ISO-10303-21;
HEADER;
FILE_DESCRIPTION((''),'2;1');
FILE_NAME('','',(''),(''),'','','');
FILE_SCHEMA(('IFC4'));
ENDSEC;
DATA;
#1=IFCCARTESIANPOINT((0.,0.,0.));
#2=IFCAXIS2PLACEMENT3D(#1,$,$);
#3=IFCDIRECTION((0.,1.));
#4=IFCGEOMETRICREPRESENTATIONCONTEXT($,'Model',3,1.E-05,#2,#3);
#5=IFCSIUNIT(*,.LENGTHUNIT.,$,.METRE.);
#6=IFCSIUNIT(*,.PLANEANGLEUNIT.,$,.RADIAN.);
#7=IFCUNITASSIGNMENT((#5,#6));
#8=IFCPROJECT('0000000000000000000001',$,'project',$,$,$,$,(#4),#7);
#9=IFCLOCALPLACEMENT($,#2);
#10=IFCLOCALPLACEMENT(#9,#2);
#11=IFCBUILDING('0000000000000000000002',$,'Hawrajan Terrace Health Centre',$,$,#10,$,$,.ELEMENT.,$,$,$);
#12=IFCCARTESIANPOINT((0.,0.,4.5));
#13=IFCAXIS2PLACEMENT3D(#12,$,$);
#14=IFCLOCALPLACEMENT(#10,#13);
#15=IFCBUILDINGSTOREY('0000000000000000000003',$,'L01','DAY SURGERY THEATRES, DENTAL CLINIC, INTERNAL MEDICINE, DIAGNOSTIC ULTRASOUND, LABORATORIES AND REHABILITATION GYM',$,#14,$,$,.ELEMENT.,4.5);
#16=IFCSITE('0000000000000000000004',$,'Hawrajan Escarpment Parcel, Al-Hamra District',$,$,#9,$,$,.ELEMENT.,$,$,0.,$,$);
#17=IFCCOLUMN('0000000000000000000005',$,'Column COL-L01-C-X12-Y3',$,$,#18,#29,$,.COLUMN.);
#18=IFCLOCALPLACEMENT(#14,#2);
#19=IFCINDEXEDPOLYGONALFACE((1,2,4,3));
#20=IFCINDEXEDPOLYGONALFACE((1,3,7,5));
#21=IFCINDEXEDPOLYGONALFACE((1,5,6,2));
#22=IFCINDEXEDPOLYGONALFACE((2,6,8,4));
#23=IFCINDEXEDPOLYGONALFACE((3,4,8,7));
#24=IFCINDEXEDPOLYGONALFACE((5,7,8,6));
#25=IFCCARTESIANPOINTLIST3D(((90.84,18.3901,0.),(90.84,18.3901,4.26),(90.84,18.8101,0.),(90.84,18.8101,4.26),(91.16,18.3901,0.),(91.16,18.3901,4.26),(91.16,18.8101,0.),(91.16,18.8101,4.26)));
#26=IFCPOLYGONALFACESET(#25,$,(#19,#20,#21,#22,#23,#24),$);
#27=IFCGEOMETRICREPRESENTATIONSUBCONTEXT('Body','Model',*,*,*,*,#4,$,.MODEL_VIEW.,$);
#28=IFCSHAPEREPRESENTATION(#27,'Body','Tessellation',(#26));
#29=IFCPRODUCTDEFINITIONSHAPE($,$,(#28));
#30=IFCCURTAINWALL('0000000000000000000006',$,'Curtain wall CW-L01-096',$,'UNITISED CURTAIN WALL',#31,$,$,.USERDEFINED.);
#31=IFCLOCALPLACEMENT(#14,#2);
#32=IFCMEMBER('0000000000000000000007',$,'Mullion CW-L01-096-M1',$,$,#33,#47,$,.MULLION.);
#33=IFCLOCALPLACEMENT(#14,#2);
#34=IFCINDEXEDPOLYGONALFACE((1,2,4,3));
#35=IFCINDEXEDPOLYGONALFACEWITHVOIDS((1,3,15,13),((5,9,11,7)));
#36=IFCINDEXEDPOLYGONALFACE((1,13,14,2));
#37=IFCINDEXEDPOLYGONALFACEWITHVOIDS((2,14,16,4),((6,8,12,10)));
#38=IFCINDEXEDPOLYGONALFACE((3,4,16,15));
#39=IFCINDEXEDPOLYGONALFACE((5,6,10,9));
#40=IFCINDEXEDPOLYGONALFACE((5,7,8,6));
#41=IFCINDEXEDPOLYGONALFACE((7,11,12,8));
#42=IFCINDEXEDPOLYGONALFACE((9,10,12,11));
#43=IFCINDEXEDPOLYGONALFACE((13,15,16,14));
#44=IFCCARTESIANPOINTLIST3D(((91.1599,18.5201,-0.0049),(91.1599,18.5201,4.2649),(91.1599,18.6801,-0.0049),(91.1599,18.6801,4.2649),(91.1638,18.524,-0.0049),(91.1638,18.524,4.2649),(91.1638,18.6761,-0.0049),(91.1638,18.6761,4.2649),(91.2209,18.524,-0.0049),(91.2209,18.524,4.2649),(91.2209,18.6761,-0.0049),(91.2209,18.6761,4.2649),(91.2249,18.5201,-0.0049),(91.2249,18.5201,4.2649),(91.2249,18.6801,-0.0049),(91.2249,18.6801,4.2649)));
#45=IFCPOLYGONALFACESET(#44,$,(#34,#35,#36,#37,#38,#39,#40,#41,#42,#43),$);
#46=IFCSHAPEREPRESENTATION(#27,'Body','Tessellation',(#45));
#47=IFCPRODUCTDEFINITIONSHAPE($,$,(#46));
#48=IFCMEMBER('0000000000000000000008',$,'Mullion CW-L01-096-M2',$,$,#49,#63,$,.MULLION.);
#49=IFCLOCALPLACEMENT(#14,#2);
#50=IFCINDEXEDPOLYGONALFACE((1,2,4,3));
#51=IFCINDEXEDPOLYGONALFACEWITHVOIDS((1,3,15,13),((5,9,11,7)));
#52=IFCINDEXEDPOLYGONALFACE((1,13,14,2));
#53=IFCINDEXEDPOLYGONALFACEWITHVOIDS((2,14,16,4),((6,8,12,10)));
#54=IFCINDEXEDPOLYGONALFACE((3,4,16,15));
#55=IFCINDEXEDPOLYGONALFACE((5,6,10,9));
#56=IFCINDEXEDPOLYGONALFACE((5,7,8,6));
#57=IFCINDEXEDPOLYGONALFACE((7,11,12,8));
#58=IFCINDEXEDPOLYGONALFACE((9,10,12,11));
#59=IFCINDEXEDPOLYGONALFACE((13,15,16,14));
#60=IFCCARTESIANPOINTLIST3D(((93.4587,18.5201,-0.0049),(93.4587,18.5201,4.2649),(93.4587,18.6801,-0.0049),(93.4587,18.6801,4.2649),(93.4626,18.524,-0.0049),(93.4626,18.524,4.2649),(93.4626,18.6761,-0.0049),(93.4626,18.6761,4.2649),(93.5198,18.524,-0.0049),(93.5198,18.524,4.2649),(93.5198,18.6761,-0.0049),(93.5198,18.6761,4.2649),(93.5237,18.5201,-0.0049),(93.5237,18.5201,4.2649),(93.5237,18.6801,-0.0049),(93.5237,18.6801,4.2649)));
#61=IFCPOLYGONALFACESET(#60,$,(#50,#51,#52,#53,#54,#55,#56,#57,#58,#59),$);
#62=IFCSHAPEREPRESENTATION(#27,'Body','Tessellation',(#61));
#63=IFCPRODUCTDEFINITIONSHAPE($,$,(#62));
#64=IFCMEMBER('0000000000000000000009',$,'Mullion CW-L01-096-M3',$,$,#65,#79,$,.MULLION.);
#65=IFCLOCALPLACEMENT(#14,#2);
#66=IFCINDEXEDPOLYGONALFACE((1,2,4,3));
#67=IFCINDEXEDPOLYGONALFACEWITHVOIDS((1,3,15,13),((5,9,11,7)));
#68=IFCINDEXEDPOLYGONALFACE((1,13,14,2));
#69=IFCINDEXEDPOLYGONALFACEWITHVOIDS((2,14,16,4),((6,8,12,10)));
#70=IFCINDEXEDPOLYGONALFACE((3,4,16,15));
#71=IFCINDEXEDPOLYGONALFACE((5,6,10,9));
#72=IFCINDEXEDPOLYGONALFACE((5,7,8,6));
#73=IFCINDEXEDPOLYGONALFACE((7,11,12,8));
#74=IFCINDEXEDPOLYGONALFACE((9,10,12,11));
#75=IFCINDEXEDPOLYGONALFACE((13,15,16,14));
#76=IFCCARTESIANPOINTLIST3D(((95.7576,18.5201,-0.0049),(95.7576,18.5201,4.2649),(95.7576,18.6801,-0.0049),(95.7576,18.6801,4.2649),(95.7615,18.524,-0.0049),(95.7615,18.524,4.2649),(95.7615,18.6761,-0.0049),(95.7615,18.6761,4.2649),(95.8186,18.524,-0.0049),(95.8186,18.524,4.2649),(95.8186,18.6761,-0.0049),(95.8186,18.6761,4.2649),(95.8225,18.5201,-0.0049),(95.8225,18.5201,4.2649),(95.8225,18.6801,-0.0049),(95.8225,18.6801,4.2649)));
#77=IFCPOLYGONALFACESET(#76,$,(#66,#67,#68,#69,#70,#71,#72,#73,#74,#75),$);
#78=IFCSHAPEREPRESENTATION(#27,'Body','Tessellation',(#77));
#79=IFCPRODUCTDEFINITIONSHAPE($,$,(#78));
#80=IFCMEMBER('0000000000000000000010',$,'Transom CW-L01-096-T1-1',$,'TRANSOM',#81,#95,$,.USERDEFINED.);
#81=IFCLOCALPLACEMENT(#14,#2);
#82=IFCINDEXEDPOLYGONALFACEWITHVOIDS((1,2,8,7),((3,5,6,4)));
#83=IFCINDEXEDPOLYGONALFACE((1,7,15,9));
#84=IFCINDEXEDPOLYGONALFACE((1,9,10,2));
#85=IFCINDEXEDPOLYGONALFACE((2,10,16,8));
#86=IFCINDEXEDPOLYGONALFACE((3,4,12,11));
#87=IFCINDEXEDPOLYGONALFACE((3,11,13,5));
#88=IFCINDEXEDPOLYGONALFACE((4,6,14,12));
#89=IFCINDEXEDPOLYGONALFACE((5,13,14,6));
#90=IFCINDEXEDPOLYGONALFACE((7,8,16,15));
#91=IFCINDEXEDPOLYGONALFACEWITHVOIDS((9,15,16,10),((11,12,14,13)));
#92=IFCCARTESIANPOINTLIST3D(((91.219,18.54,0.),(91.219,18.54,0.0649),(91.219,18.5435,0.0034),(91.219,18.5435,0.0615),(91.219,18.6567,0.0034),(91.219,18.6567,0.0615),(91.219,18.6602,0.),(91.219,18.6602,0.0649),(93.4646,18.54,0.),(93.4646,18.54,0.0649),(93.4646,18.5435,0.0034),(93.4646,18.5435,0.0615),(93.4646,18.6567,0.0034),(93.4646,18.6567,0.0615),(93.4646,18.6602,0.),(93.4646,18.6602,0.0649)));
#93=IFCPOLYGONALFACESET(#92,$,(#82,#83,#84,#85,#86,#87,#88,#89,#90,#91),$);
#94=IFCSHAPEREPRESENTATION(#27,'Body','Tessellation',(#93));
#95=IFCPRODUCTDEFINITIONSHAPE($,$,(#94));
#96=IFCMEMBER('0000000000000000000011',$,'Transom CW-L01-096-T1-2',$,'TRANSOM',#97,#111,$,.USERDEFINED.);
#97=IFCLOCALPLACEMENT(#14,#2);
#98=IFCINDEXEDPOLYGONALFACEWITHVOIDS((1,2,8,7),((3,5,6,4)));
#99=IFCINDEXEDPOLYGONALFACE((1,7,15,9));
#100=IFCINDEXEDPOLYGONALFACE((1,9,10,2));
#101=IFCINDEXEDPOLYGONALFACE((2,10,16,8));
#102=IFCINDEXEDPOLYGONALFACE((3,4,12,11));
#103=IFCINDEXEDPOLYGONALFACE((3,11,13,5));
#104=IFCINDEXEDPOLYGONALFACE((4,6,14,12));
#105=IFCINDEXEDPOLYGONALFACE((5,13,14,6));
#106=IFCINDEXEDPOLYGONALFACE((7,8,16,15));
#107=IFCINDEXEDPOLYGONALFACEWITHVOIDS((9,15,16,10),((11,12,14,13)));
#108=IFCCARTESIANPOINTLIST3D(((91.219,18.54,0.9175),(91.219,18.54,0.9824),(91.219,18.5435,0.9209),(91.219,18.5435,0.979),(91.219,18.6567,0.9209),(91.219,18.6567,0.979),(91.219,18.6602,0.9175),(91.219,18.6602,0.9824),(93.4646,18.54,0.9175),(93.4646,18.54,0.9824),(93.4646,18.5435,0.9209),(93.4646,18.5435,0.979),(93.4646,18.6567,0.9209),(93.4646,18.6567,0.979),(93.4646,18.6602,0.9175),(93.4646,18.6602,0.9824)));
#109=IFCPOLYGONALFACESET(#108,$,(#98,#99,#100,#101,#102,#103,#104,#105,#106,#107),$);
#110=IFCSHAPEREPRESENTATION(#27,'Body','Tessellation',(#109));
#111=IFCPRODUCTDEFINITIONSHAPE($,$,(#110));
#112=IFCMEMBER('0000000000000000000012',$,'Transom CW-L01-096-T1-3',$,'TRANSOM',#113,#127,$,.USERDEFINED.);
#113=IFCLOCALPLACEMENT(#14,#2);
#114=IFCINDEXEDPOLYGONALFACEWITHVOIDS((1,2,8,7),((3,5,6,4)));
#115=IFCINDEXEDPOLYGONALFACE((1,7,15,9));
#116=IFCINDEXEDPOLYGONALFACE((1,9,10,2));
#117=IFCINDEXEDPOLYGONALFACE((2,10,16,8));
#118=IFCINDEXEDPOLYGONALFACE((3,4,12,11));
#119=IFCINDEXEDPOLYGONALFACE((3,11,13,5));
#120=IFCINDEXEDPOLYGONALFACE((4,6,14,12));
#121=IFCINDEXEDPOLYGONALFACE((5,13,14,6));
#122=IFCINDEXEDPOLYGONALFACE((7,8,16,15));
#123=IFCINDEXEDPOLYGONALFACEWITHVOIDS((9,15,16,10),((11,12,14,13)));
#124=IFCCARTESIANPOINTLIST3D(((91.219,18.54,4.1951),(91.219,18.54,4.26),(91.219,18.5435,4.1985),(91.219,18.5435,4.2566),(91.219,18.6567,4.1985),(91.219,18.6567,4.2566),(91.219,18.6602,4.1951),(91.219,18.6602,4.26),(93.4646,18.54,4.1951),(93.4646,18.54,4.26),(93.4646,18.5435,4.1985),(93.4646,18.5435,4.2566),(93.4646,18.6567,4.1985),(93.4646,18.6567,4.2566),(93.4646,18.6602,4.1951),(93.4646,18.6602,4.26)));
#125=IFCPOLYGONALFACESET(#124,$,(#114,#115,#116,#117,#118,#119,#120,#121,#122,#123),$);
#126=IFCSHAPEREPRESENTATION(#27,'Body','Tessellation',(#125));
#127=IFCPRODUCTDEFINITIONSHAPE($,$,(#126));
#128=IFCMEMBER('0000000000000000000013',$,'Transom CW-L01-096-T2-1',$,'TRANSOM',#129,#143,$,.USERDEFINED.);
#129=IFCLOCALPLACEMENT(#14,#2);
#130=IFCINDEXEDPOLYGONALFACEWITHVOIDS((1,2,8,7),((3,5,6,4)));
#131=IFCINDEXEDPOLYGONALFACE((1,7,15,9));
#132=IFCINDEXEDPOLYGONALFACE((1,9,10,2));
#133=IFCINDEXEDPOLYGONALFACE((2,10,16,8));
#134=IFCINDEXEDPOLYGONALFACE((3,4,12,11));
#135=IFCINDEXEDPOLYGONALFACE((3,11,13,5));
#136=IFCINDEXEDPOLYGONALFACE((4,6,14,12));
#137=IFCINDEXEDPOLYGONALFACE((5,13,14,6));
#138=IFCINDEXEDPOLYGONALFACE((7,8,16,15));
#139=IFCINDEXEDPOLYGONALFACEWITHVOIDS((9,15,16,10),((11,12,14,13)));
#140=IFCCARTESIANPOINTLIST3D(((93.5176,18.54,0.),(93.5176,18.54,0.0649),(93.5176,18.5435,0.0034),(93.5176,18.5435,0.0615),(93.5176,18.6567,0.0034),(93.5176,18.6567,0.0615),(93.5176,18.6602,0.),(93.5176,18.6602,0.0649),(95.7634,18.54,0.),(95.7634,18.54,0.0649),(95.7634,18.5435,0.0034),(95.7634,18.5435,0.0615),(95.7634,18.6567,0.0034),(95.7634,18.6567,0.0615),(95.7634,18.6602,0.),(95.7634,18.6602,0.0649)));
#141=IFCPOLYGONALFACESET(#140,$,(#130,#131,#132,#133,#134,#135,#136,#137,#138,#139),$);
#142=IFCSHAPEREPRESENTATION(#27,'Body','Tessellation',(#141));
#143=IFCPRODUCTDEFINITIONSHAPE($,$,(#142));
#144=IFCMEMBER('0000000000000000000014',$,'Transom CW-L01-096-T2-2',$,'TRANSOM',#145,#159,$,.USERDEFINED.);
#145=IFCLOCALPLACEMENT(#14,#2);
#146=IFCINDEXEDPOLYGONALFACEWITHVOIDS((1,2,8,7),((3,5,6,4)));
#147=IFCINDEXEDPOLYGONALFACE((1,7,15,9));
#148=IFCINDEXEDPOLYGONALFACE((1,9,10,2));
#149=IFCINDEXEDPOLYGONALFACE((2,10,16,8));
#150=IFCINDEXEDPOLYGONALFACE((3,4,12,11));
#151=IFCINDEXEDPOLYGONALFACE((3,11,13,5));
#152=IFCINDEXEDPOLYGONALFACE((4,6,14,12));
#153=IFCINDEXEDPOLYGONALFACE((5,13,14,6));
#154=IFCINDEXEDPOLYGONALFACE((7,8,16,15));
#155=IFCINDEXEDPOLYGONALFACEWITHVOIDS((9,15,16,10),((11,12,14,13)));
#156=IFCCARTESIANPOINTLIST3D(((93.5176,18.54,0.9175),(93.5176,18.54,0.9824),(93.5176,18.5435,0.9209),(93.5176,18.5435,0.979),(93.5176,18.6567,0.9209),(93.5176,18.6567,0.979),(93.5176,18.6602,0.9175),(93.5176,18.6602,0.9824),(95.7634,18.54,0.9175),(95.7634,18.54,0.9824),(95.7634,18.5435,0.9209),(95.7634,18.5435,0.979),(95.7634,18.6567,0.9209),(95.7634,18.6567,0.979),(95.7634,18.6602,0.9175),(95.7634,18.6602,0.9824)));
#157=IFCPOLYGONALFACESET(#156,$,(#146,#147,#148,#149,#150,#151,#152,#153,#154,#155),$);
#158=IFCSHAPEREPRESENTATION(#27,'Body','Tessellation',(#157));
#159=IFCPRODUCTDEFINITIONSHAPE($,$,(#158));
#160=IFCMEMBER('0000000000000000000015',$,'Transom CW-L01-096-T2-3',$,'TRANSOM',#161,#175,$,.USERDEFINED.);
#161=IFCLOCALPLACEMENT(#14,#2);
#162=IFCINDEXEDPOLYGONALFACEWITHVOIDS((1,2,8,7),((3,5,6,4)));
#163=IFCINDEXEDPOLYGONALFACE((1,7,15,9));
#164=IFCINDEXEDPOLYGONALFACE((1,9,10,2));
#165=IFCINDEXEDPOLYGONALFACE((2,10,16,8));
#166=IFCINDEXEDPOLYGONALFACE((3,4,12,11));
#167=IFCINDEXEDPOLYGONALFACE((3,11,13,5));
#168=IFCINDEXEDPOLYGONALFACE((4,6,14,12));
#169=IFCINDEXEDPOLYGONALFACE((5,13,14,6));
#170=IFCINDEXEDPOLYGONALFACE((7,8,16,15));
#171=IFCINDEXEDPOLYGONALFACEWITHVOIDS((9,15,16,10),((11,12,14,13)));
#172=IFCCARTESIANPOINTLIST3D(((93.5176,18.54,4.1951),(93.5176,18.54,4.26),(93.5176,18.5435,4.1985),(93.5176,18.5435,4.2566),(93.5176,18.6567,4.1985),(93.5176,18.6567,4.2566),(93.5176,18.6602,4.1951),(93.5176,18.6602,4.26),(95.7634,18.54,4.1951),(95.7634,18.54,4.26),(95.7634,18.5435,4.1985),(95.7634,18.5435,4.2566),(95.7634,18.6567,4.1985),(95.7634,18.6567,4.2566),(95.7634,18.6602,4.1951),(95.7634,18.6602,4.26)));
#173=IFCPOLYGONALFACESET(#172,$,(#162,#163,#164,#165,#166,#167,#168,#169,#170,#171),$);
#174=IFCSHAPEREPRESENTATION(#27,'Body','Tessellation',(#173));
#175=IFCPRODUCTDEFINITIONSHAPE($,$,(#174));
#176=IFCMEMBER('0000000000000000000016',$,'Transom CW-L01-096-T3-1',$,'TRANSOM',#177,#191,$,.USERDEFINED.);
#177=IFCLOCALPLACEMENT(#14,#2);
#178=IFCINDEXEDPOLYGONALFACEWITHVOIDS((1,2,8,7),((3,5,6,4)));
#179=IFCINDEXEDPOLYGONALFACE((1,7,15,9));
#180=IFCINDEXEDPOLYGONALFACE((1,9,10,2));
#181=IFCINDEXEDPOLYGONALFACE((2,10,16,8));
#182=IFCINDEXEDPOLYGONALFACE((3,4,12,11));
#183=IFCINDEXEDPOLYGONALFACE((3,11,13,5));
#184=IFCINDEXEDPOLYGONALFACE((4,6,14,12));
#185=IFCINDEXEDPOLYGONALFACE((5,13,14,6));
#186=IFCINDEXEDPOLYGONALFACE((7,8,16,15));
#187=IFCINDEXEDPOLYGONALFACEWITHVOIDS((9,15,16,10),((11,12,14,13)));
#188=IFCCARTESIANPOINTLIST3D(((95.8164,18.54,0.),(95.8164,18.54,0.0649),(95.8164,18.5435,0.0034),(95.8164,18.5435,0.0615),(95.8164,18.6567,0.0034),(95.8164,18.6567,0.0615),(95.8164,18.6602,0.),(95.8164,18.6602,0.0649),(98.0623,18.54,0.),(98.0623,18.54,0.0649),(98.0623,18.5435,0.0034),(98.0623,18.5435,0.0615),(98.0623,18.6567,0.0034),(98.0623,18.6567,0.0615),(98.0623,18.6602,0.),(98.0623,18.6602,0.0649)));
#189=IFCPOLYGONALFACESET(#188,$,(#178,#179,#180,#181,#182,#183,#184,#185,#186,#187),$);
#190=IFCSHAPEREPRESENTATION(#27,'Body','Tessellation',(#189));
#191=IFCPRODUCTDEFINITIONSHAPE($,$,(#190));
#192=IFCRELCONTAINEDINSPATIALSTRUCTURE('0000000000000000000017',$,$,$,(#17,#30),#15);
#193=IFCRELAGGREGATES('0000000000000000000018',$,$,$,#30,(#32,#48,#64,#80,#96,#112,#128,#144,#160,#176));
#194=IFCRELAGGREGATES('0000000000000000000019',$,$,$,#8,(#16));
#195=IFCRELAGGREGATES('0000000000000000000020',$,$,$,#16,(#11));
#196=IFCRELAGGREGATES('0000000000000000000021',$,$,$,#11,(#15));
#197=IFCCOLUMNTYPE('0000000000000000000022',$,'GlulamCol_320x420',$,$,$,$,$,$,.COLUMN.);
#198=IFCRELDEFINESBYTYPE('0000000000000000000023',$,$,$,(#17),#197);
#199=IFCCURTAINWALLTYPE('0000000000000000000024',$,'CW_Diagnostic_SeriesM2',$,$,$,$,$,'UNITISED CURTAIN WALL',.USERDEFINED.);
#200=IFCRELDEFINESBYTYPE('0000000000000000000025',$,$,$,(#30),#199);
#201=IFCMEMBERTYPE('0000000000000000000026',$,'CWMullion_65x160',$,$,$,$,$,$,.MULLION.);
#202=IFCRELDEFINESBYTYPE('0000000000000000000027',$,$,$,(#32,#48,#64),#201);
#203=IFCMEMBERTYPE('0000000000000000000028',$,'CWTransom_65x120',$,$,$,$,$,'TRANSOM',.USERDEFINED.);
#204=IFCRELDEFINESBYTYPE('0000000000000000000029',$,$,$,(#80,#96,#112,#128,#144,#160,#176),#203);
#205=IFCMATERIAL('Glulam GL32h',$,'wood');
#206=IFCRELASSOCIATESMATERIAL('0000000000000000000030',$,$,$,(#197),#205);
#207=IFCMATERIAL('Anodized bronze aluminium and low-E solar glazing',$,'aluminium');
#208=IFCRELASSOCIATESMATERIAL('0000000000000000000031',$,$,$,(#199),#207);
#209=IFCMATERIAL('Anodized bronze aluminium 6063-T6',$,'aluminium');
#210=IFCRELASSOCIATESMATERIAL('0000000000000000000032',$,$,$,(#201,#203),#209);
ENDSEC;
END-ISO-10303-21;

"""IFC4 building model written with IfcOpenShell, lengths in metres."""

from ifc_helpers import new_model, si_unit, direction, frame, origin, origin_2d, place, context, subcontext, project, spatial, rectangle, hollow_rectangle, extrude, material, material_profile, profile_set, type_object, element, aggregate, save


model = new_model("IFC4")

# Units and contexts
model_context = context("Model", 3, precision=1e-05, world=origin(), true_north=direction((0.0, 1.0)))
body_context = subcontext(model_context, "Body", "Model", "MODEL_VIEW")
ifc_project = project(units=[si_unit("LENGTHUNIT", "METRE"), si_unit("PLANEANGLEUNIT", "RADIAN")], contexts=[model_context])

# Site, building, storey
site_placement = place(None, origin())
site = spatial("IfcSite", under=ifc_project, at=site_placement, Name="Hawrajan Escarpment Parcel, Al-Hamra District", CompositionType="ELEMENT", RefElevation=0.0)
building_placement = place(site_placement, origin())
building = spatial("IfcBuilding", under=site, at=building_placement, Name="Hawrajan Terrace Health Centre", CompositionType="ELEMENT")
storey_placement = place(building_placement, frame((0.0, 0.0, 4.5)))
storey = spatial("IfcBuildingStorey", under=building, at=storey_placement, Name="L01", Description="DAY SURGERY THEATRES, DENTAL CLINIC, INTERNAL MEDICINE, DIAGNOSTIC ULTRASOUND, LABORATORIES AND REHABILITATION GYM", CompositionType="ELEMENT", Elevation=4.5)

# Column
ifc_material_1 = material(Name="Glulam GL32h", Category="wood")
ifc_material_profile_1 = material_profile(ifc_material_1, rectangle(XDim=0.3201, YDim=0.4199, at=origin_2d()), Name="GL 320x420")
ifc_profile_set_1 = profile_set([ifc_material_profile_1], Name="Glulam GL32h")
column_type = type_object("IfcColumnType", Name="GlulamCol_320x420", PredefinedType="COLUMN", material=ifc_profile_set_1)
column_placement = place(storey_placement, frame((91.0, 18.6001, 0.0), z_axis=(0.0, 0.0, 1.0), x_axis=(1.0, 0.0, 0.0)))
element("IfcColumn", 1, at=column_placement, inside=storey, type_object=column_type, Name="Column COL-L01-C-X12-Y3", PredefinedType="COLUMN", context=body_context, shape_type="SweptSolid", body=[
    extrude(rectangle(XDim=0.3201, YDim=0.4199, at=origin_2d()), origin(), (0.0, 0.0, 1.0), 4.26),
])

# Curtain wall, members
ifc_material_2 = material(Name="Anodized bronze aluminium and low-E solar glazing", Category="aluminium")
curtain_wall_type = type_object("IfcCurtainWallType", Name="CW_Diagnostic_SeriesM2", ElementType="UNITISED CURTAIN WALL", PredefinedType="USERDEFINED", material=ifc_material_2)
curtain_wall_placement = place(storey_placement, origin())
curtain_wall = element("IfcCurtainWall", 2, at=curtain_wall_placement, inside=storey, type_object=curtain_wall_type, Name="Curtain wall CW-L01-096", ObjectType="UNITISED CURTAIN WALL", PredefinedType="USERDEFINED")
ifc_material_3 = material(Name="Anodized bronze aluminium 6063-T6", Category="aluminium")
ifc_material_profile_2 = material_profile(ifc_material_3, hollow_rectangle(XDim=0.0649, YDim=0.1599, WallThickness=0.0039, at=origin_2d()), Name="CW MUL 65x160")
ifc_profile_set_2 = profile_set([ifc_material_profile_2], Name="Anodized bronze aluminium 6063-T6")
member_type_1 = type_object("IfcMemberType", Name="CWMullion_65x160", PredefinedType="MULLION", material=ifc_profile_set_2)
member_1_placement = place(storey_placement, frame((91.1924, 18.6001, -0.0049), z_axis=(0.0, 0.0, 1.0), x_axis=(1.0, 0.0, 0.0)))
member_1 = element("IfcMember", 3, at=member_1_placement, type_object=member_type_1, Name="Mullion CW-L01-096-M1", PredefinedType="MULLION", context=body_context, shape_type="SweptSolid", body=[
    extrude(hollow_rectangle(XDim=0.0649, YDim=0.1599, WallThickness=0.0039, at=origin_2d()), origin(), (0.0, 0.0, 1.0), 4.2698),
])
member_2_placement = place(storey_placement, frame((93.4912, 18.6001, -0.0049), z_axis=(0.0, 0.0, 1.0), x_axis=(1.0, 0.0, 0.0)))
member_2 = element("IfcMember", 4, at=member_2_placement, type_object=member_type_1, Name="Mullion CW-L01-096-M2", PredefinedType="MULLION", context=body_context, shape_type="SweptSolid", body=[
    extrude(hollow_rectangle(XDim=0.0649, YDim=0.1599, WallThickness=0.0039, at=origin_2d()), origin(), (0.0, 0.0, 1.0), 4.2698),
])
member_3_placement = place(storey_placement, frame((95.79, 18.6001, -0.0049), z_axis=(0.0, 0.0, 1.0), x_axis=(1.0, 0.0, 0.0)))
member_3 = element("IfcMember", 5, at=member_3_placement, type_object=member_type_1, Name="Mullion CW-L01-096-M3", PredefinedType="MULLION", context=body_context, shape_type="SweptSolid", body=[
    extrude(hollow_rectangle(XDim=0.0649, YDim=0.1599, WallThickness=0.0039, at=origin_2d()), origin(), (0.0, 0.0, 1.0), 4.2698),
])
ifc_material_profile_3 = material_profile(ifc_material_3, hollow_rectangle(XDim=0.0649, YDim=0.1201, WallThickness=0.0034, at=origin_2d()), Name="CW TRN 65x120")
ifc_profile_set_3 = profile_set([ifc_material_profile_3], Name="Anodized bronze aluminium 6063-T6")
member_type_2 = type_object("IfcMemberType", Name="CWTransom_65x120", ElementType="TRANSOM", PredefinedType="USERDEFINED", material=ifc_profile_set_3)
member_4_placement = place(storey_placement, frame((91.219, 18.6001, 0.0325), z_axis=(1.0, 0.0, 0.0), x_axis=(0.0, 0.0, 1.0)))
member_4 = element("IfcMember", 6, at=member_4_placement, type_object=member_type_2, Name="Transom CW-L01-096-T1-1", ObjectType="TRANSOM", PredefinedType="USERDEFINED", context=body_context, shape_type="SweptSolid", body=[
    extrude(hollow_rectangle(XDim=0.0649, YDim=0.1201, WallThickness=0.0034, at=origin_2d()), origin(), (0.0, 0.0, 1.0), 2.2456),
])
member_5_placement = place(storey_placement, frame((91.219, 18.6001, 0.95), z_axis=(1.0, 0.0, 0.0), x_axis=(0.0, 0.0, 1.0)))
member_5 = element("IfcMember", 7, at=member_5_placement, type_object=member_type_2, Name="Transom CW-L01-096-T1-2", ObjectType="TRANSOM", PredefinedType="USERDEFINED", context=body_context, shape_type="SweptSolid", body=[
    extrude(hollow_rectangle(XDim=0.0649, YDim=0.1201, WallThickness=0.0034, at=origin_2d()), origin(), (0.0, 0.0, 1.0), 2.2456),
])
member_6_placement = place(storey_placement, frame((91.219, 18.6001, 4.2275), z_axis=(1.0, 0.0, 0.0), x_axis=(0.0, 0.0, 1.0)))
member_6 = element("IfcMember", 8, at=member_6_placement, type_object=member_type_2, Name="Transom CW-L01-096-T1-3", ObjectType="TRANSOM", PredefinedType="USERDEFINED", context=body_context, shape_type="SweptSolid", body=[
    extrude(hollow_rectangle(XDim=0.0649, YDim=0.1201, WallThickness=0.0034, at=origin_2d()), origin(), (0.0, 0.0, 1.0), 2.2456),
])
member_7_placement = place(storey_placement, frame((93.5176, 18.6001, 0.0325), z_axis=(1.0, 0.0, 0.0), x_axis=(0.0, 0.0, 1.0)))
member_7 = element("IfcMember", 9, at=member_7_placement, type_object=member_type_2, Name="Transom CW-L01-096-T2-1", ObjectType="TRANSOM", PredefinedType="USERDEFINED", context=body_context, shape_type="SweptSolid", body=[
    extrude(hollow_rectangle(XDim=0.0649, YDim=0.1201, WallThickness=0.0034, at=origin_2d()), origin(), (0.0, 0.0, 1.0), 2.2458),
])
member_8_placement = place(storey_placement, frame((93.5176, 18.6001, 0.95), z_axis=(1.0, 0.0, 0.0), x_axis=(0.0, 0.0, 1.0)))
member_8 = element("IfcMember", 10, at=member_8_placement, type_object=member_type_2, Name="Transom CW-L01-096-T2-2", ObjectType="TRANSOM", PredefinedType="USERDEFINED", context=body_context, shape_type="SweptSolid", body=[
    extrude(hollow_rectangle(XDim=0.0649, YDim=0.1201, WallThickness=0.0034, at=origin_2d()), origin(), (0.0, 0.0, 1.0), 2.2458),
])
member_9_placement = place(storey_placement, frame((93.5176, 18.6001, 4.2275), z_axis=(1.0, 0.0, 0.0), x_axis=(0.0, 0.0, 1.0)))
member_9 = element("IfcMember", 11, at=member_9_placement, type_object=member_type_2, Name="Transom CW-L01-096-T2-3", ObjectType="TRANSOM", PredefinedType="USERDEFINED", context=body_context, shape_type="SweptSolid", body=[
    extrude(hollow_rectangle(XDim=0.0649, YDim=0.1201, WallThickness=0.0034, at=origin_2d()), origin(), (0.0, 0.0, 1.0), 2.2458),
])
member_10_placement = place(storey_placement, frame((95.8164, 18.6001, 0.0325), z_axis=(1.0, 0.0, 0.0), x_axis=(0.0, 0.0, 1.0)))
member_10 = element("IfcMember", 12, at=member_10_placement, type_object=member_type_2, Name="Transom CW-L01-096-T3-1", ObjectType="TRANSOM", PredefinedType="USERDEFINED", context=body_context, shape_type="SweptSolid", body=[
    extrude(hollow_rectangle(XDim=0.0649, YDim=0.1201, WallThickness=0.0034, at=origin_2d()), origin(), (0.0, 0.0, 1.0), 2.2458),
])

aggregate(curtain_wall, [member_1, member_2, member_3, member_4, member_5, member_6, member_7, member_8, member_9, member_10])

save(model, "model.ifc")
